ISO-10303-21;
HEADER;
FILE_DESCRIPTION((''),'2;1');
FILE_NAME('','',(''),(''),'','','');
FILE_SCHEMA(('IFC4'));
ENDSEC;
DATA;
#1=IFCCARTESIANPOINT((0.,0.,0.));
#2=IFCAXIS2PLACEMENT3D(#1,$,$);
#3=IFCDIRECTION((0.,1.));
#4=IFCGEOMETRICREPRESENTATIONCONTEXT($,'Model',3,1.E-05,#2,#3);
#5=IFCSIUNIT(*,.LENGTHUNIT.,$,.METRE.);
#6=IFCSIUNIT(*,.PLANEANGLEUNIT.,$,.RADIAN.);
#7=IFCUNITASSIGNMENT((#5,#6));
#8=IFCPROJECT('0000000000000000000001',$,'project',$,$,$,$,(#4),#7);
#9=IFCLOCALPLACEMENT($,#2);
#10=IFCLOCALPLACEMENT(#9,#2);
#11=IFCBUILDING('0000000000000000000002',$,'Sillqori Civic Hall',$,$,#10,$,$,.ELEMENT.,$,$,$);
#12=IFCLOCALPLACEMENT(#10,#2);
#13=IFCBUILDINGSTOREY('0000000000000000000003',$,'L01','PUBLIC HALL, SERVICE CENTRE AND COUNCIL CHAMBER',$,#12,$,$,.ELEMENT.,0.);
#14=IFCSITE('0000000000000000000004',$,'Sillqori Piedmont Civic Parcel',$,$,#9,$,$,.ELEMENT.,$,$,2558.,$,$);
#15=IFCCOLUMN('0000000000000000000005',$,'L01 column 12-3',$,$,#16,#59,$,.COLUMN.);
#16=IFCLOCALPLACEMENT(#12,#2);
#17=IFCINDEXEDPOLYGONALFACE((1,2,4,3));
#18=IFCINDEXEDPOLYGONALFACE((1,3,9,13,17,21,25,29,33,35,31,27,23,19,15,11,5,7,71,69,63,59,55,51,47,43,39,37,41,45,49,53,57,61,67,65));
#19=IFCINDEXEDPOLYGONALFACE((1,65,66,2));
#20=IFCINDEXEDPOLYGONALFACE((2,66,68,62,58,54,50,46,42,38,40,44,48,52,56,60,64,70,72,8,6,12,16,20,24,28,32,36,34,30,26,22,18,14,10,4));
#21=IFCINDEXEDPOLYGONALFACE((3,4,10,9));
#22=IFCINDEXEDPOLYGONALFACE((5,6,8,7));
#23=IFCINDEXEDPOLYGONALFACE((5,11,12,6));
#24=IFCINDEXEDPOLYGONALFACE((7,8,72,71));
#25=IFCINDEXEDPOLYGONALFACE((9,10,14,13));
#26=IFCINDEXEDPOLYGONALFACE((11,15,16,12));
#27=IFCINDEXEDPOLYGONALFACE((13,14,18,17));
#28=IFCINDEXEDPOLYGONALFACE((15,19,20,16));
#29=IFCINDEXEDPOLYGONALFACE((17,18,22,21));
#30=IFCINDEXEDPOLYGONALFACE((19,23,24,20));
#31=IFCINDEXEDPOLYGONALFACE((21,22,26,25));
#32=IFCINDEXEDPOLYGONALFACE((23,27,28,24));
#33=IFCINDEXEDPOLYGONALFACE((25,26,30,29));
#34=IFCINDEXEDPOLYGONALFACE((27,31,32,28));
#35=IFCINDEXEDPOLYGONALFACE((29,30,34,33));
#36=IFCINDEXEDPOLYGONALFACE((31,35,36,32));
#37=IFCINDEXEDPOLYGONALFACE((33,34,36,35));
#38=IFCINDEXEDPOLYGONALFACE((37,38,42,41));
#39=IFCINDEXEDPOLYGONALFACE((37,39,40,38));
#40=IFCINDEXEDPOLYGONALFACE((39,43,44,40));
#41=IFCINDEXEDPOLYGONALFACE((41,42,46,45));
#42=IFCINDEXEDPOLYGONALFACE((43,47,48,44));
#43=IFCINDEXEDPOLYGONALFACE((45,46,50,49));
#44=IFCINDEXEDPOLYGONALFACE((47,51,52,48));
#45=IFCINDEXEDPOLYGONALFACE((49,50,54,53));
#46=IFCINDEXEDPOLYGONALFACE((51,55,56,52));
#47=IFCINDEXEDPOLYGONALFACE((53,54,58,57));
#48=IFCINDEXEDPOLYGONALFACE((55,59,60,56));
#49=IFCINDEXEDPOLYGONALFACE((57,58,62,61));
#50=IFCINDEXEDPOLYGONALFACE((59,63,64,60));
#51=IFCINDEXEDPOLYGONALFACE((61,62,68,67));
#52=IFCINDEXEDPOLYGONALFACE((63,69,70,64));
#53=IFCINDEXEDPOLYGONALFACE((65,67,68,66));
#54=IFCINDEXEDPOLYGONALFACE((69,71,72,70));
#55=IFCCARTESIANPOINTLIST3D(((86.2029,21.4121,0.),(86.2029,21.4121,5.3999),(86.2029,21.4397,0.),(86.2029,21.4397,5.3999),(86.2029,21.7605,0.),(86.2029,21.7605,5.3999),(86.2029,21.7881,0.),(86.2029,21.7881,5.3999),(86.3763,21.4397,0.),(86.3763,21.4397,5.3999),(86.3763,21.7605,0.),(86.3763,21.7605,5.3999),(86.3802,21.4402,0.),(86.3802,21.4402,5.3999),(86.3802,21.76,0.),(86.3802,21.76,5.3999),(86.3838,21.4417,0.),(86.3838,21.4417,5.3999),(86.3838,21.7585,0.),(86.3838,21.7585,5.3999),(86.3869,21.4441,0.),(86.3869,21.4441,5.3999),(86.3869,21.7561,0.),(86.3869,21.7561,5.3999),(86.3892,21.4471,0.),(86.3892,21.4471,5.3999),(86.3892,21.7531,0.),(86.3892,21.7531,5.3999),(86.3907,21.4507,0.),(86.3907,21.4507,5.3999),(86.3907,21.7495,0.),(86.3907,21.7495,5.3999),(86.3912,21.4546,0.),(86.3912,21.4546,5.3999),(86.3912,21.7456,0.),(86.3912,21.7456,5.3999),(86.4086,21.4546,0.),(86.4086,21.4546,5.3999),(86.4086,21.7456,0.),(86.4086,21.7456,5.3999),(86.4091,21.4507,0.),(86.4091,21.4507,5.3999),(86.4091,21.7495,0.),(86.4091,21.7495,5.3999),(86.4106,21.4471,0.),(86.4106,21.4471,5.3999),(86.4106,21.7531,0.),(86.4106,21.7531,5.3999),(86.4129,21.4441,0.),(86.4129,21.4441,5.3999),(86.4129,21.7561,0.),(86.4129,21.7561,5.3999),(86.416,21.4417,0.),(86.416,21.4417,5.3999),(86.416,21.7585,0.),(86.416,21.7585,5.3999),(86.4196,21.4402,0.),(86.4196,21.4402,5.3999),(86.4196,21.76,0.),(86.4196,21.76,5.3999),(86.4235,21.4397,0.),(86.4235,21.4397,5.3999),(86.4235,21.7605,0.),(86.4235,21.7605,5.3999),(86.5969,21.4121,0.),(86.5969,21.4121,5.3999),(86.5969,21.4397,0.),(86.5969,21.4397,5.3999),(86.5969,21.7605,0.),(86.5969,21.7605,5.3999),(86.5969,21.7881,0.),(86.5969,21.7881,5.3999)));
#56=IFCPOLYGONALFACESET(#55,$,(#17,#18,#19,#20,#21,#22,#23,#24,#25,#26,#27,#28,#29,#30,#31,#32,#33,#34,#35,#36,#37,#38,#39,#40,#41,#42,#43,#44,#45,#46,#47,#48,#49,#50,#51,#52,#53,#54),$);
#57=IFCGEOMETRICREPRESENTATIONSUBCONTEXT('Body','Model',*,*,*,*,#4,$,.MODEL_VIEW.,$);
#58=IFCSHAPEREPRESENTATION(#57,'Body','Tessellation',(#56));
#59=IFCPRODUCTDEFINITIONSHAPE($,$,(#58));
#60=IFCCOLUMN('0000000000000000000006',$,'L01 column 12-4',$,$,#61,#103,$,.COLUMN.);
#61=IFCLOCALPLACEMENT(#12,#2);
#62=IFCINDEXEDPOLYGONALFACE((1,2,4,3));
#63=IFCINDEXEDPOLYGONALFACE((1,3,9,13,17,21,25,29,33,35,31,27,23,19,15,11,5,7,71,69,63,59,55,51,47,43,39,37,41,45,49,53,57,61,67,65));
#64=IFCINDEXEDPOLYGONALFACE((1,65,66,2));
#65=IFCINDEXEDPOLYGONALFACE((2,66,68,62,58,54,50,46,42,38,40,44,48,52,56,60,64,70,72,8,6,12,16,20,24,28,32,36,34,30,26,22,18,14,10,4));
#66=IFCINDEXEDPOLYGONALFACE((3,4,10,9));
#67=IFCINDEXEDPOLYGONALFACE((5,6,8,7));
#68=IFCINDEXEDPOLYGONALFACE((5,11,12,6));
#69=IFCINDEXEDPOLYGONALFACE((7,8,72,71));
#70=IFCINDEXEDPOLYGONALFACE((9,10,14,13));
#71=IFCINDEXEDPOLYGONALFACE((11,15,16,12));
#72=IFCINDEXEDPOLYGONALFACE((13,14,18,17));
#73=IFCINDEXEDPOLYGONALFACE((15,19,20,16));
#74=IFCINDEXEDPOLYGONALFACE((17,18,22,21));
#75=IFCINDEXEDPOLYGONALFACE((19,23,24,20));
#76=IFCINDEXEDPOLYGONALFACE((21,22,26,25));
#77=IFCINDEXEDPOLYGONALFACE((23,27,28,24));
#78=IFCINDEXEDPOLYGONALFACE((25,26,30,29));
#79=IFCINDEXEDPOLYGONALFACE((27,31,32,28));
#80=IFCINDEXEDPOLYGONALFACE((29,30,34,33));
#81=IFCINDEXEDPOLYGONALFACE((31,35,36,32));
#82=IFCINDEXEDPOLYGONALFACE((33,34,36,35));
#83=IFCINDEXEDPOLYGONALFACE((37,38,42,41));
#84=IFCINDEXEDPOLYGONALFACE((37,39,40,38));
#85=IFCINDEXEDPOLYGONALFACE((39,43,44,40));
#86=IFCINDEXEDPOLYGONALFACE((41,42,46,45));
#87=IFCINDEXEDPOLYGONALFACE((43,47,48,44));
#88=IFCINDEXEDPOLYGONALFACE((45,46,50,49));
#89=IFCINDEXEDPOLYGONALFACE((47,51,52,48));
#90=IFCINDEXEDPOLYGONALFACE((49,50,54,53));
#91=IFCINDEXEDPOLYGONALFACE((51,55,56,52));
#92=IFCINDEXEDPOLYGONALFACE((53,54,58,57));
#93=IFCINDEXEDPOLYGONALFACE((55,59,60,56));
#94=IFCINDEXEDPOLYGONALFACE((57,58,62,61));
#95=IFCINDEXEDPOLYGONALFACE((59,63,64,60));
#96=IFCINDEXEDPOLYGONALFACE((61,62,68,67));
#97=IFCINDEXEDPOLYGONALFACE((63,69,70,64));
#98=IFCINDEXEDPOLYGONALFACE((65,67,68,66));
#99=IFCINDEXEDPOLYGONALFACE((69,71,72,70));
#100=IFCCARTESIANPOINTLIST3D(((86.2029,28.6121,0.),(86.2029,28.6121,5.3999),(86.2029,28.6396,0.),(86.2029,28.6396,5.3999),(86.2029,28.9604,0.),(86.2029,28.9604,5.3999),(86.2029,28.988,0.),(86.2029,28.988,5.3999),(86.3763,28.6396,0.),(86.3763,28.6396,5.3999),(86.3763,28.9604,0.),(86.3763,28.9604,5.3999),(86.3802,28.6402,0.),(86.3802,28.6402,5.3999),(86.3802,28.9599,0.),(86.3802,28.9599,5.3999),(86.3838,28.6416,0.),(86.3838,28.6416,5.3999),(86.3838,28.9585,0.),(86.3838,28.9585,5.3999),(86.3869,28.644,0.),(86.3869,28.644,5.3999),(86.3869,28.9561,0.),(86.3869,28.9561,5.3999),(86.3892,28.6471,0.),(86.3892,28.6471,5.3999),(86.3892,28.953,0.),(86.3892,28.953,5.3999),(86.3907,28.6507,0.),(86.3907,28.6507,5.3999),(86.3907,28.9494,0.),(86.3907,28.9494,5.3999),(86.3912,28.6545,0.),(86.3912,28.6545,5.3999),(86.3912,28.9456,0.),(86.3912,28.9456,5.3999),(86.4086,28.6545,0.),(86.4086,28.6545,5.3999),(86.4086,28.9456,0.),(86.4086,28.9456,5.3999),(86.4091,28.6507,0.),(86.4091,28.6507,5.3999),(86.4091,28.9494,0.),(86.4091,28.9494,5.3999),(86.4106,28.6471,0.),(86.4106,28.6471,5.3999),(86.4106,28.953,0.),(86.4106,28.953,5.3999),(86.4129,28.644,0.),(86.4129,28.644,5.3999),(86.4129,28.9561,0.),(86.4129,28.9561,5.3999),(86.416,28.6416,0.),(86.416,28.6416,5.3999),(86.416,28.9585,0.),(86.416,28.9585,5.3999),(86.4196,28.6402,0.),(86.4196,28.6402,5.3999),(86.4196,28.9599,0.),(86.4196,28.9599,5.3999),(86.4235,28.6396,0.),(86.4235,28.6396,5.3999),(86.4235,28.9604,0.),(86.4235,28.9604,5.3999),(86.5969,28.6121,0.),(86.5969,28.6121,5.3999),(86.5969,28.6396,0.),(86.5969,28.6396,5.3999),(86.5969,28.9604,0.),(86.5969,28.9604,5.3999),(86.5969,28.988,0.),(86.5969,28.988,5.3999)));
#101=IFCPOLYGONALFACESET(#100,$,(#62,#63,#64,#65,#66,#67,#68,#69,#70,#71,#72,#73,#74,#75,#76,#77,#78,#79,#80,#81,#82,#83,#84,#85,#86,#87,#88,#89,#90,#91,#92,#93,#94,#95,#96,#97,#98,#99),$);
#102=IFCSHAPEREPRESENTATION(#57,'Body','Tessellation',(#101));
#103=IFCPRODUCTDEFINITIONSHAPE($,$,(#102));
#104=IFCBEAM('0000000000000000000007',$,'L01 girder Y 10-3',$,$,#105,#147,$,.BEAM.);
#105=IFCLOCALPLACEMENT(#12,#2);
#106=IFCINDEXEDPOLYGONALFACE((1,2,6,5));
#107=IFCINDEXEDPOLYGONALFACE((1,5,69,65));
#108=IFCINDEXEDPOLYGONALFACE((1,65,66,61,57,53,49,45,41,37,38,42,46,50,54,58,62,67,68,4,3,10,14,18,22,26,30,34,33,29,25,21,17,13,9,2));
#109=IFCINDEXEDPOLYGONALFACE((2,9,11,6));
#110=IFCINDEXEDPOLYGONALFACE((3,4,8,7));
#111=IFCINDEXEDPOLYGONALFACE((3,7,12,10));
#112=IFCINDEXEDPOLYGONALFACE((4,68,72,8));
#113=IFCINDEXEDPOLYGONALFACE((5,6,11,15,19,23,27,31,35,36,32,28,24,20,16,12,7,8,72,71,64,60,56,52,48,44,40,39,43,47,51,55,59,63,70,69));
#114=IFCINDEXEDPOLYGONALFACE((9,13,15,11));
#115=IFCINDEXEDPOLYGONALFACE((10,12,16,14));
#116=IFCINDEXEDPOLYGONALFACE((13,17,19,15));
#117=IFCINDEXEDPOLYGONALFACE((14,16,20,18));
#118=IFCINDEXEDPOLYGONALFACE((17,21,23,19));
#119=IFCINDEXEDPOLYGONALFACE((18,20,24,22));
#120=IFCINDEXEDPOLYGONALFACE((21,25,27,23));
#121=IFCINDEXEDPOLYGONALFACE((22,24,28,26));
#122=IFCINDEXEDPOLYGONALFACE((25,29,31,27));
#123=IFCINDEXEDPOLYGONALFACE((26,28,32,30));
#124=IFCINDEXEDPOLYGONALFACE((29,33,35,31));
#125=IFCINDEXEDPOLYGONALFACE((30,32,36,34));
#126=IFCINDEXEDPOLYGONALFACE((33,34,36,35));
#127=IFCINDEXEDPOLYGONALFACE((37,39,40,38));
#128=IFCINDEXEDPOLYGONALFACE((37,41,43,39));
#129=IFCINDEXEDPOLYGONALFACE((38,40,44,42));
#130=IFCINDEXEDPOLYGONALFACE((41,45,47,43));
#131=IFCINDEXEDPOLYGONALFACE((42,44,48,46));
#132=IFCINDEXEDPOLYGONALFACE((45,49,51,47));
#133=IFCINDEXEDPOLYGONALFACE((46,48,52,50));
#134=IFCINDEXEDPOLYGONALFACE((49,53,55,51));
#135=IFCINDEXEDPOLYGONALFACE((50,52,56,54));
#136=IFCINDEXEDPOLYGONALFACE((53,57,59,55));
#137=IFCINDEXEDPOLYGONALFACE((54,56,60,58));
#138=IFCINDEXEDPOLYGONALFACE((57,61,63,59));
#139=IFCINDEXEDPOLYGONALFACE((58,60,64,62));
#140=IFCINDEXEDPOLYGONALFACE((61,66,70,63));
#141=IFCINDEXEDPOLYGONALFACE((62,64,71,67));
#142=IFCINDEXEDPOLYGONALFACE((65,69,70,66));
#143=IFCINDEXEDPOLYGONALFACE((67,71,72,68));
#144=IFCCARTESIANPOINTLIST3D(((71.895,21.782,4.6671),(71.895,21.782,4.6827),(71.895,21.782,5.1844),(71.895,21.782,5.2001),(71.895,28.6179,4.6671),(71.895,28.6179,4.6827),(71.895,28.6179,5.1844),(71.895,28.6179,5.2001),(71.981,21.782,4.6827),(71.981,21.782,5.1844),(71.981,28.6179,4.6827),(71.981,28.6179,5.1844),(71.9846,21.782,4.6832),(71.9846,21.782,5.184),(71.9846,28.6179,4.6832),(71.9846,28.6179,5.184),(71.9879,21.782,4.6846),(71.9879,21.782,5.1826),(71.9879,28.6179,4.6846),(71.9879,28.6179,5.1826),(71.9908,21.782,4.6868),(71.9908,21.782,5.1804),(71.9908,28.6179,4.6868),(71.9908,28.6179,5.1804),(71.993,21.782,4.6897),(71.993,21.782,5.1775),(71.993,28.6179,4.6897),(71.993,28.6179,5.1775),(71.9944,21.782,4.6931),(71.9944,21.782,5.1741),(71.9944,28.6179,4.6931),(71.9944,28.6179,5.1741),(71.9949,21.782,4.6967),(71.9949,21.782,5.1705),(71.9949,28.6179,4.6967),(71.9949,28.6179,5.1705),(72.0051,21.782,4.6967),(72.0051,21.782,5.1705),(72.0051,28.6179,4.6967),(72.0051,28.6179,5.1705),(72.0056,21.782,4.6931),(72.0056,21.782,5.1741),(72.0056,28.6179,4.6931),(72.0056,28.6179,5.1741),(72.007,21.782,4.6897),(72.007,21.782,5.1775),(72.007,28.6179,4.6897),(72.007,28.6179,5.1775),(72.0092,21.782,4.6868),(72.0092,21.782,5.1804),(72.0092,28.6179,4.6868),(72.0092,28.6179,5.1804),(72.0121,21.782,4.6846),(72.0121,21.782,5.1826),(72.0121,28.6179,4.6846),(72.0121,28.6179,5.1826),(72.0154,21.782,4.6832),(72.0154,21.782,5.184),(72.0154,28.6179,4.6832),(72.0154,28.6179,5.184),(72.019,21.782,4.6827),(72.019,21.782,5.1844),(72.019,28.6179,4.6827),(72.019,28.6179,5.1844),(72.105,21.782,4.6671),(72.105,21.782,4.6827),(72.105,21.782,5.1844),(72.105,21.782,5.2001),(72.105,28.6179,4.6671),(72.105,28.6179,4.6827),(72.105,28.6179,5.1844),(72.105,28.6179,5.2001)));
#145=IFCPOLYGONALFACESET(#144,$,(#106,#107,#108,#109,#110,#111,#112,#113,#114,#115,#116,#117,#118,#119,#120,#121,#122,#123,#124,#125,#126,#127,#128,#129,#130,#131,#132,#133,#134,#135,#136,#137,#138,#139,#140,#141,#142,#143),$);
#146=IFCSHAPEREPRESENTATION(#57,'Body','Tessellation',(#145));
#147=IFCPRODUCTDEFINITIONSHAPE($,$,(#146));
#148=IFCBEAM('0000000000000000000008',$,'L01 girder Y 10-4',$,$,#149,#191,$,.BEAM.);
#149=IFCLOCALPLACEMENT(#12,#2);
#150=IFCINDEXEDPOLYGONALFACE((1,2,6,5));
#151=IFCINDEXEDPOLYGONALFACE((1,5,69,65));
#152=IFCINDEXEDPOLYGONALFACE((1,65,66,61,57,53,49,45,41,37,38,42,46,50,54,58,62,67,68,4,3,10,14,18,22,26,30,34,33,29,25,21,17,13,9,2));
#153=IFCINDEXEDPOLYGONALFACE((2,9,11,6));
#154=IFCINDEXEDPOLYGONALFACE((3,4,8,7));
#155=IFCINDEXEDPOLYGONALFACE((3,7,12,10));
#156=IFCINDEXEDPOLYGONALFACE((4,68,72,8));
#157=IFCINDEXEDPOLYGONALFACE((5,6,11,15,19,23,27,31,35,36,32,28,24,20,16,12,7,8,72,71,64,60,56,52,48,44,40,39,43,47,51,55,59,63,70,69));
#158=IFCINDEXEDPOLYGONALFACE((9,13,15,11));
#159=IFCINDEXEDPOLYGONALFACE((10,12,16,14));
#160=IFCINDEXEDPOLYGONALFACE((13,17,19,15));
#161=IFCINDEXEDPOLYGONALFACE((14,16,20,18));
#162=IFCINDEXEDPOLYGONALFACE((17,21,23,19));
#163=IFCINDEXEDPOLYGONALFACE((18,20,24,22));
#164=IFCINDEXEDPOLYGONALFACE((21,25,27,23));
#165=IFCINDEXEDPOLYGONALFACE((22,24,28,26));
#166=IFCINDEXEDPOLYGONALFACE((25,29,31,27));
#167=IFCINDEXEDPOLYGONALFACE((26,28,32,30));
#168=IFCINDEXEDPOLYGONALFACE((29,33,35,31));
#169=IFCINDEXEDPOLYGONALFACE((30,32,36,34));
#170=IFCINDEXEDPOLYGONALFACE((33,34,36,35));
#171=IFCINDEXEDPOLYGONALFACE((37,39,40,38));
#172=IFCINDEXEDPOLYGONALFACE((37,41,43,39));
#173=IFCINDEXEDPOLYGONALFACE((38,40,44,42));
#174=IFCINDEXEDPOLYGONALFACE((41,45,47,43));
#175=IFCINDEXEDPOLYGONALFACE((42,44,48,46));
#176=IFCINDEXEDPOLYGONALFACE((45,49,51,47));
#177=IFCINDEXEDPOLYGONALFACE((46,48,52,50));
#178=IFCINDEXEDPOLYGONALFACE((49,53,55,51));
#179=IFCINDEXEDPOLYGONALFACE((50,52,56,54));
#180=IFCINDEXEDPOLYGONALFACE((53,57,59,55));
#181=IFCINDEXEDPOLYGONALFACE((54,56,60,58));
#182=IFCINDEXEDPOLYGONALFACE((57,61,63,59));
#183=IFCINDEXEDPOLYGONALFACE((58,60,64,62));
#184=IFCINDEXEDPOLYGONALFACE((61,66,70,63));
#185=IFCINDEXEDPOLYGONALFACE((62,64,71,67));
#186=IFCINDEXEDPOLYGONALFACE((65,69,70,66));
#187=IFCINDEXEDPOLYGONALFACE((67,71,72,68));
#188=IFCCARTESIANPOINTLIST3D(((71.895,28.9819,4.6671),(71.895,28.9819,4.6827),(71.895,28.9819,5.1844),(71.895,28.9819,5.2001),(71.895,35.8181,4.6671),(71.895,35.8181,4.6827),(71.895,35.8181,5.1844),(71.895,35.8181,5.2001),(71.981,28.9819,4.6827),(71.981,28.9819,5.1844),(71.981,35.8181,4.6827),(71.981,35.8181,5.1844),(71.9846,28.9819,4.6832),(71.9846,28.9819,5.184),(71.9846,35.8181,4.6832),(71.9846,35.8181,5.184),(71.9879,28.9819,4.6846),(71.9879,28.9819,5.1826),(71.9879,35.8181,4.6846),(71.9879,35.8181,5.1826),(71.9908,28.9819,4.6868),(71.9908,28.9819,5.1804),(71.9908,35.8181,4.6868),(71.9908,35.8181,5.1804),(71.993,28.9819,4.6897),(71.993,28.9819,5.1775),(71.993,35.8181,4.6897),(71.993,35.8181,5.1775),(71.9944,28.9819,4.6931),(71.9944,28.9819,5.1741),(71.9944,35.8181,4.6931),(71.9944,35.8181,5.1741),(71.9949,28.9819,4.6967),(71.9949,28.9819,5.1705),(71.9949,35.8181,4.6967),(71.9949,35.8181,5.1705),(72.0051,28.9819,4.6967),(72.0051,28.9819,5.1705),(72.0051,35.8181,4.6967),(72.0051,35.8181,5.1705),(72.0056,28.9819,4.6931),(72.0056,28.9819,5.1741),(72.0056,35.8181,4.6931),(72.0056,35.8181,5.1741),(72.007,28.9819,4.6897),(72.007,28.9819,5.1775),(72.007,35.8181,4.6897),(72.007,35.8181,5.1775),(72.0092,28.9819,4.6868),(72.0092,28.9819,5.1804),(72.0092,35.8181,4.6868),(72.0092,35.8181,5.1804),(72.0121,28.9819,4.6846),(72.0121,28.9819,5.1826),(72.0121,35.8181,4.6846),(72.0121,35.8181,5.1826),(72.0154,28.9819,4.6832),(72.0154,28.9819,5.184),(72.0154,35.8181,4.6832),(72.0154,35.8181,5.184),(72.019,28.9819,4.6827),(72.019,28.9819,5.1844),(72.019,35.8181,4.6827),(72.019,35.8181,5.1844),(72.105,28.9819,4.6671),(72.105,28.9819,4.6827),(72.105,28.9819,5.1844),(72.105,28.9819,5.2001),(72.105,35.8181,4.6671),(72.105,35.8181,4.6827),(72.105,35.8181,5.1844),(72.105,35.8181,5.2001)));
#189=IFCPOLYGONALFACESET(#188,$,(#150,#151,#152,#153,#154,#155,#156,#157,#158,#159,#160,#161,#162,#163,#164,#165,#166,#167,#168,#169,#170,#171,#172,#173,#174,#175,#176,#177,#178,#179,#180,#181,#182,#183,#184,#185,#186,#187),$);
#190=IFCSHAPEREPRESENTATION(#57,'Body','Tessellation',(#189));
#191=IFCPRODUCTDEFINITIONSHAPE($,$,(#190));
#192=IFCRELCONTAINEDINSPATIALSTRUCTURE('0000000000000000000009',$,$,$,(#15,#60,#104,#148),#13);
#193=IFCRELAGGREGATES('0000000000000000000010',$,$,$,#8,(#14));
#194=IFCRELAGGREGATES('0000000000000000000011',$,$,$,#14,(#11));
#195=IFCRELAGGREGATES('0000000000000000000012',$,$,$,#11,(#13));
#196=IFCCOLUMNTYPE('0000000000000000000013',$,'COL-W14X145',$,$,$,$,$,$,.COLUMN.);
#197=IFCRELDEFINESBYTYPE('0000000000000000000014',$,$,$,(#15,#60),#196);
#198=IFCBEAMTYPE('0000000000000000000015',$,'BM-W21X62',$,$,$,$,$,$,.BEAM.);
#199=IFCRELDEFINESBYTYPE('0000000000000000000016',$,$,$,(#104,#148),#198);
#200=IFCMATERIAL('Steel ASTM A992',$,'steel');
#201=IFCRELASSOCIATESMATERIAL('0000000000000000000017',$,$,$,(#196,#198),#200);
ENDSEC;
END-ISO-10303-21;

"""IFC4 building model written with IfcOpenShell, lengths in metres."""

from ifc_helpers import new_model, si_unit, direction, frame, origin, origin_2d, place, context, subcontext, project, spatial, i_section, extrude, material, material_profile, profile_set, type_object, element, save


model = new_model("IFC4")

# Units and contexts
model_context = context("Model", 3, precision=1e-05, world=origin(), true_north=direction((0.0, 1.0)))
body_context = subcontext(model_context, "Body", "Model", "MODEL_VIEW")
ifc_project = project(units=[si_unit("LENGTHUNIT", "METRE"), si_unit("PLANEANGLEUNIT", "RADIAN")], contexts=[model_context])

# Site, building, storey
site_placement = place(None, origin())
site = spatial("IfcSite", under=ifc_project, at=site_placement, Name="Sillqori Piedmont Civic Parcel", CompositionType="ELEMENT", RefElevation=2558.0)
building_placement = place(site_placement, origin())
building = spatial("IfcBuilding", under=site, at=building_placement, Name="Sillqori Civic Hall", CompositionType="ELEMENT")
storey_placement = place(building_placement, origin())
storey = spatial("IfcBuildingStorey", under=building, at=storey_placement, Name="L01", Description="PUBLIC HALL, SERVICE CENTRE AND COUNCIL CHAMBER", CompositionType="ELEMENT", Elevation=0.0)

# Columns
ifc_material_1 = material(Name="Steel ASTM A992", Category="steel")
ifc_material_profile_1 = material_profile(ifc_material_1, i_section(OverallWidth=0.394, OverallDepth=0.376, WebThickness=0.0173, FlangeThickness=0.0276, FilletRadius=0.0149, at=origin_2d()), Name="W14X145")
ifc_profile_set_1 = profile_set([ifc_material_profile_1], Name="Steel ASTM A992")
column_type = type_object("IfcColumnType", Name="COL-W14X145", PredefinedType="COLUMN", material=ifc_profile_set_1)
for number, where, z_axis, x_axis, name in (
    (1, (86.3999, 21.6001, 0.0), (0.0, 0.0, 1.0), (1.0, 0.0, 0.0), "L01 column 12-3"),
    (2, (86.3999, 28.8, 0.0), (0.0, 0.0, 1.0), (1.0, 0.0, 0.0), "L01 column 12-4"),
):
    element("IfcColumn", number, at=place(storey_placement, frame(where, z_axis=z_axis, x_axis=x_axis)), inside=storey, type_object=column_type, Name=name, PredefinedType="COLUMN", context=body_context, shape_type="SweptSolid", body=[
        extrude(i_section(OverallWidth=0.394, OverallDepth=0.376, WebThickness=0.0173, FlangeThickness=0.0276, FilletRadius=0.0149, at=origin_2d()), origin(), (0.0, 0.0, 1.0), 5.3999),
    ])

# Beams
ifc_material_profile_2 = material_profile(ifc_material_1, i_section(OverallWidth=0.21, OverallDepth=0.533, WebThickness=0.0103, FlangeThickness=0.0156, FilletRadius=0.0139, at=origin_2d()), Name="W21X62")
ifc_profile_set_2 = profile_set([ifc_material_profile_2], Name="Steel ASTM A992")
beam_type_1 = type_object("IfcBeamType", Name="BM-W21X62", PredefinedType="BEAM", material=ifc_profile_set_2)
beam_1_placement = place(storey_placement, frame((72.0, 21.782, 4.9336), z_axis=(0.0, 1.0, 0.0), x_axis=(-1.0, 0.0, 0.0)))
element("IfcBeam", 3, at=beam_1_placement, inside=storey, type_object=beam_type_1, Name="L01 girder Y 10-3", PredefinedType="BEAM", context=body_context, shape_type="SweptSolid", body=[
    extrude(i_section(OverallWidth=0.21, OverallDepth=0.533, WebThickness=0.0103, FlangeThickness=0.0156, FilletRadius=0.0139, at=origin_2d()), origin(), (0.0, 0.0, 1.0), 6.8359),
])
beam_2_placement = place(storey_placement, frame((72.0, 28.9819, 4.9336), z_axis=(0.0, 1.0, 0.0), x_axis=(-1.0, 0.0, 0.0)))
element("IfcBeam", 4, at=beam_2_placement, inside=storey, type_object=beam_type_1, Name="L01 girder Y 10-4", PredefinedType="BEAM", context=body_context, shape_type="SweptSolid", body=[
    extrude(i_section(OverallWidth=0.21, OverallDepth=0.533, WebThickness=0.0103, FlangeThickness=0.0156, FilletRadius=0.0139, at=origin_2d()), origin(), (0.0, 0.0, 1.0), 6.8362),
])

save(model, "model.ifc")
